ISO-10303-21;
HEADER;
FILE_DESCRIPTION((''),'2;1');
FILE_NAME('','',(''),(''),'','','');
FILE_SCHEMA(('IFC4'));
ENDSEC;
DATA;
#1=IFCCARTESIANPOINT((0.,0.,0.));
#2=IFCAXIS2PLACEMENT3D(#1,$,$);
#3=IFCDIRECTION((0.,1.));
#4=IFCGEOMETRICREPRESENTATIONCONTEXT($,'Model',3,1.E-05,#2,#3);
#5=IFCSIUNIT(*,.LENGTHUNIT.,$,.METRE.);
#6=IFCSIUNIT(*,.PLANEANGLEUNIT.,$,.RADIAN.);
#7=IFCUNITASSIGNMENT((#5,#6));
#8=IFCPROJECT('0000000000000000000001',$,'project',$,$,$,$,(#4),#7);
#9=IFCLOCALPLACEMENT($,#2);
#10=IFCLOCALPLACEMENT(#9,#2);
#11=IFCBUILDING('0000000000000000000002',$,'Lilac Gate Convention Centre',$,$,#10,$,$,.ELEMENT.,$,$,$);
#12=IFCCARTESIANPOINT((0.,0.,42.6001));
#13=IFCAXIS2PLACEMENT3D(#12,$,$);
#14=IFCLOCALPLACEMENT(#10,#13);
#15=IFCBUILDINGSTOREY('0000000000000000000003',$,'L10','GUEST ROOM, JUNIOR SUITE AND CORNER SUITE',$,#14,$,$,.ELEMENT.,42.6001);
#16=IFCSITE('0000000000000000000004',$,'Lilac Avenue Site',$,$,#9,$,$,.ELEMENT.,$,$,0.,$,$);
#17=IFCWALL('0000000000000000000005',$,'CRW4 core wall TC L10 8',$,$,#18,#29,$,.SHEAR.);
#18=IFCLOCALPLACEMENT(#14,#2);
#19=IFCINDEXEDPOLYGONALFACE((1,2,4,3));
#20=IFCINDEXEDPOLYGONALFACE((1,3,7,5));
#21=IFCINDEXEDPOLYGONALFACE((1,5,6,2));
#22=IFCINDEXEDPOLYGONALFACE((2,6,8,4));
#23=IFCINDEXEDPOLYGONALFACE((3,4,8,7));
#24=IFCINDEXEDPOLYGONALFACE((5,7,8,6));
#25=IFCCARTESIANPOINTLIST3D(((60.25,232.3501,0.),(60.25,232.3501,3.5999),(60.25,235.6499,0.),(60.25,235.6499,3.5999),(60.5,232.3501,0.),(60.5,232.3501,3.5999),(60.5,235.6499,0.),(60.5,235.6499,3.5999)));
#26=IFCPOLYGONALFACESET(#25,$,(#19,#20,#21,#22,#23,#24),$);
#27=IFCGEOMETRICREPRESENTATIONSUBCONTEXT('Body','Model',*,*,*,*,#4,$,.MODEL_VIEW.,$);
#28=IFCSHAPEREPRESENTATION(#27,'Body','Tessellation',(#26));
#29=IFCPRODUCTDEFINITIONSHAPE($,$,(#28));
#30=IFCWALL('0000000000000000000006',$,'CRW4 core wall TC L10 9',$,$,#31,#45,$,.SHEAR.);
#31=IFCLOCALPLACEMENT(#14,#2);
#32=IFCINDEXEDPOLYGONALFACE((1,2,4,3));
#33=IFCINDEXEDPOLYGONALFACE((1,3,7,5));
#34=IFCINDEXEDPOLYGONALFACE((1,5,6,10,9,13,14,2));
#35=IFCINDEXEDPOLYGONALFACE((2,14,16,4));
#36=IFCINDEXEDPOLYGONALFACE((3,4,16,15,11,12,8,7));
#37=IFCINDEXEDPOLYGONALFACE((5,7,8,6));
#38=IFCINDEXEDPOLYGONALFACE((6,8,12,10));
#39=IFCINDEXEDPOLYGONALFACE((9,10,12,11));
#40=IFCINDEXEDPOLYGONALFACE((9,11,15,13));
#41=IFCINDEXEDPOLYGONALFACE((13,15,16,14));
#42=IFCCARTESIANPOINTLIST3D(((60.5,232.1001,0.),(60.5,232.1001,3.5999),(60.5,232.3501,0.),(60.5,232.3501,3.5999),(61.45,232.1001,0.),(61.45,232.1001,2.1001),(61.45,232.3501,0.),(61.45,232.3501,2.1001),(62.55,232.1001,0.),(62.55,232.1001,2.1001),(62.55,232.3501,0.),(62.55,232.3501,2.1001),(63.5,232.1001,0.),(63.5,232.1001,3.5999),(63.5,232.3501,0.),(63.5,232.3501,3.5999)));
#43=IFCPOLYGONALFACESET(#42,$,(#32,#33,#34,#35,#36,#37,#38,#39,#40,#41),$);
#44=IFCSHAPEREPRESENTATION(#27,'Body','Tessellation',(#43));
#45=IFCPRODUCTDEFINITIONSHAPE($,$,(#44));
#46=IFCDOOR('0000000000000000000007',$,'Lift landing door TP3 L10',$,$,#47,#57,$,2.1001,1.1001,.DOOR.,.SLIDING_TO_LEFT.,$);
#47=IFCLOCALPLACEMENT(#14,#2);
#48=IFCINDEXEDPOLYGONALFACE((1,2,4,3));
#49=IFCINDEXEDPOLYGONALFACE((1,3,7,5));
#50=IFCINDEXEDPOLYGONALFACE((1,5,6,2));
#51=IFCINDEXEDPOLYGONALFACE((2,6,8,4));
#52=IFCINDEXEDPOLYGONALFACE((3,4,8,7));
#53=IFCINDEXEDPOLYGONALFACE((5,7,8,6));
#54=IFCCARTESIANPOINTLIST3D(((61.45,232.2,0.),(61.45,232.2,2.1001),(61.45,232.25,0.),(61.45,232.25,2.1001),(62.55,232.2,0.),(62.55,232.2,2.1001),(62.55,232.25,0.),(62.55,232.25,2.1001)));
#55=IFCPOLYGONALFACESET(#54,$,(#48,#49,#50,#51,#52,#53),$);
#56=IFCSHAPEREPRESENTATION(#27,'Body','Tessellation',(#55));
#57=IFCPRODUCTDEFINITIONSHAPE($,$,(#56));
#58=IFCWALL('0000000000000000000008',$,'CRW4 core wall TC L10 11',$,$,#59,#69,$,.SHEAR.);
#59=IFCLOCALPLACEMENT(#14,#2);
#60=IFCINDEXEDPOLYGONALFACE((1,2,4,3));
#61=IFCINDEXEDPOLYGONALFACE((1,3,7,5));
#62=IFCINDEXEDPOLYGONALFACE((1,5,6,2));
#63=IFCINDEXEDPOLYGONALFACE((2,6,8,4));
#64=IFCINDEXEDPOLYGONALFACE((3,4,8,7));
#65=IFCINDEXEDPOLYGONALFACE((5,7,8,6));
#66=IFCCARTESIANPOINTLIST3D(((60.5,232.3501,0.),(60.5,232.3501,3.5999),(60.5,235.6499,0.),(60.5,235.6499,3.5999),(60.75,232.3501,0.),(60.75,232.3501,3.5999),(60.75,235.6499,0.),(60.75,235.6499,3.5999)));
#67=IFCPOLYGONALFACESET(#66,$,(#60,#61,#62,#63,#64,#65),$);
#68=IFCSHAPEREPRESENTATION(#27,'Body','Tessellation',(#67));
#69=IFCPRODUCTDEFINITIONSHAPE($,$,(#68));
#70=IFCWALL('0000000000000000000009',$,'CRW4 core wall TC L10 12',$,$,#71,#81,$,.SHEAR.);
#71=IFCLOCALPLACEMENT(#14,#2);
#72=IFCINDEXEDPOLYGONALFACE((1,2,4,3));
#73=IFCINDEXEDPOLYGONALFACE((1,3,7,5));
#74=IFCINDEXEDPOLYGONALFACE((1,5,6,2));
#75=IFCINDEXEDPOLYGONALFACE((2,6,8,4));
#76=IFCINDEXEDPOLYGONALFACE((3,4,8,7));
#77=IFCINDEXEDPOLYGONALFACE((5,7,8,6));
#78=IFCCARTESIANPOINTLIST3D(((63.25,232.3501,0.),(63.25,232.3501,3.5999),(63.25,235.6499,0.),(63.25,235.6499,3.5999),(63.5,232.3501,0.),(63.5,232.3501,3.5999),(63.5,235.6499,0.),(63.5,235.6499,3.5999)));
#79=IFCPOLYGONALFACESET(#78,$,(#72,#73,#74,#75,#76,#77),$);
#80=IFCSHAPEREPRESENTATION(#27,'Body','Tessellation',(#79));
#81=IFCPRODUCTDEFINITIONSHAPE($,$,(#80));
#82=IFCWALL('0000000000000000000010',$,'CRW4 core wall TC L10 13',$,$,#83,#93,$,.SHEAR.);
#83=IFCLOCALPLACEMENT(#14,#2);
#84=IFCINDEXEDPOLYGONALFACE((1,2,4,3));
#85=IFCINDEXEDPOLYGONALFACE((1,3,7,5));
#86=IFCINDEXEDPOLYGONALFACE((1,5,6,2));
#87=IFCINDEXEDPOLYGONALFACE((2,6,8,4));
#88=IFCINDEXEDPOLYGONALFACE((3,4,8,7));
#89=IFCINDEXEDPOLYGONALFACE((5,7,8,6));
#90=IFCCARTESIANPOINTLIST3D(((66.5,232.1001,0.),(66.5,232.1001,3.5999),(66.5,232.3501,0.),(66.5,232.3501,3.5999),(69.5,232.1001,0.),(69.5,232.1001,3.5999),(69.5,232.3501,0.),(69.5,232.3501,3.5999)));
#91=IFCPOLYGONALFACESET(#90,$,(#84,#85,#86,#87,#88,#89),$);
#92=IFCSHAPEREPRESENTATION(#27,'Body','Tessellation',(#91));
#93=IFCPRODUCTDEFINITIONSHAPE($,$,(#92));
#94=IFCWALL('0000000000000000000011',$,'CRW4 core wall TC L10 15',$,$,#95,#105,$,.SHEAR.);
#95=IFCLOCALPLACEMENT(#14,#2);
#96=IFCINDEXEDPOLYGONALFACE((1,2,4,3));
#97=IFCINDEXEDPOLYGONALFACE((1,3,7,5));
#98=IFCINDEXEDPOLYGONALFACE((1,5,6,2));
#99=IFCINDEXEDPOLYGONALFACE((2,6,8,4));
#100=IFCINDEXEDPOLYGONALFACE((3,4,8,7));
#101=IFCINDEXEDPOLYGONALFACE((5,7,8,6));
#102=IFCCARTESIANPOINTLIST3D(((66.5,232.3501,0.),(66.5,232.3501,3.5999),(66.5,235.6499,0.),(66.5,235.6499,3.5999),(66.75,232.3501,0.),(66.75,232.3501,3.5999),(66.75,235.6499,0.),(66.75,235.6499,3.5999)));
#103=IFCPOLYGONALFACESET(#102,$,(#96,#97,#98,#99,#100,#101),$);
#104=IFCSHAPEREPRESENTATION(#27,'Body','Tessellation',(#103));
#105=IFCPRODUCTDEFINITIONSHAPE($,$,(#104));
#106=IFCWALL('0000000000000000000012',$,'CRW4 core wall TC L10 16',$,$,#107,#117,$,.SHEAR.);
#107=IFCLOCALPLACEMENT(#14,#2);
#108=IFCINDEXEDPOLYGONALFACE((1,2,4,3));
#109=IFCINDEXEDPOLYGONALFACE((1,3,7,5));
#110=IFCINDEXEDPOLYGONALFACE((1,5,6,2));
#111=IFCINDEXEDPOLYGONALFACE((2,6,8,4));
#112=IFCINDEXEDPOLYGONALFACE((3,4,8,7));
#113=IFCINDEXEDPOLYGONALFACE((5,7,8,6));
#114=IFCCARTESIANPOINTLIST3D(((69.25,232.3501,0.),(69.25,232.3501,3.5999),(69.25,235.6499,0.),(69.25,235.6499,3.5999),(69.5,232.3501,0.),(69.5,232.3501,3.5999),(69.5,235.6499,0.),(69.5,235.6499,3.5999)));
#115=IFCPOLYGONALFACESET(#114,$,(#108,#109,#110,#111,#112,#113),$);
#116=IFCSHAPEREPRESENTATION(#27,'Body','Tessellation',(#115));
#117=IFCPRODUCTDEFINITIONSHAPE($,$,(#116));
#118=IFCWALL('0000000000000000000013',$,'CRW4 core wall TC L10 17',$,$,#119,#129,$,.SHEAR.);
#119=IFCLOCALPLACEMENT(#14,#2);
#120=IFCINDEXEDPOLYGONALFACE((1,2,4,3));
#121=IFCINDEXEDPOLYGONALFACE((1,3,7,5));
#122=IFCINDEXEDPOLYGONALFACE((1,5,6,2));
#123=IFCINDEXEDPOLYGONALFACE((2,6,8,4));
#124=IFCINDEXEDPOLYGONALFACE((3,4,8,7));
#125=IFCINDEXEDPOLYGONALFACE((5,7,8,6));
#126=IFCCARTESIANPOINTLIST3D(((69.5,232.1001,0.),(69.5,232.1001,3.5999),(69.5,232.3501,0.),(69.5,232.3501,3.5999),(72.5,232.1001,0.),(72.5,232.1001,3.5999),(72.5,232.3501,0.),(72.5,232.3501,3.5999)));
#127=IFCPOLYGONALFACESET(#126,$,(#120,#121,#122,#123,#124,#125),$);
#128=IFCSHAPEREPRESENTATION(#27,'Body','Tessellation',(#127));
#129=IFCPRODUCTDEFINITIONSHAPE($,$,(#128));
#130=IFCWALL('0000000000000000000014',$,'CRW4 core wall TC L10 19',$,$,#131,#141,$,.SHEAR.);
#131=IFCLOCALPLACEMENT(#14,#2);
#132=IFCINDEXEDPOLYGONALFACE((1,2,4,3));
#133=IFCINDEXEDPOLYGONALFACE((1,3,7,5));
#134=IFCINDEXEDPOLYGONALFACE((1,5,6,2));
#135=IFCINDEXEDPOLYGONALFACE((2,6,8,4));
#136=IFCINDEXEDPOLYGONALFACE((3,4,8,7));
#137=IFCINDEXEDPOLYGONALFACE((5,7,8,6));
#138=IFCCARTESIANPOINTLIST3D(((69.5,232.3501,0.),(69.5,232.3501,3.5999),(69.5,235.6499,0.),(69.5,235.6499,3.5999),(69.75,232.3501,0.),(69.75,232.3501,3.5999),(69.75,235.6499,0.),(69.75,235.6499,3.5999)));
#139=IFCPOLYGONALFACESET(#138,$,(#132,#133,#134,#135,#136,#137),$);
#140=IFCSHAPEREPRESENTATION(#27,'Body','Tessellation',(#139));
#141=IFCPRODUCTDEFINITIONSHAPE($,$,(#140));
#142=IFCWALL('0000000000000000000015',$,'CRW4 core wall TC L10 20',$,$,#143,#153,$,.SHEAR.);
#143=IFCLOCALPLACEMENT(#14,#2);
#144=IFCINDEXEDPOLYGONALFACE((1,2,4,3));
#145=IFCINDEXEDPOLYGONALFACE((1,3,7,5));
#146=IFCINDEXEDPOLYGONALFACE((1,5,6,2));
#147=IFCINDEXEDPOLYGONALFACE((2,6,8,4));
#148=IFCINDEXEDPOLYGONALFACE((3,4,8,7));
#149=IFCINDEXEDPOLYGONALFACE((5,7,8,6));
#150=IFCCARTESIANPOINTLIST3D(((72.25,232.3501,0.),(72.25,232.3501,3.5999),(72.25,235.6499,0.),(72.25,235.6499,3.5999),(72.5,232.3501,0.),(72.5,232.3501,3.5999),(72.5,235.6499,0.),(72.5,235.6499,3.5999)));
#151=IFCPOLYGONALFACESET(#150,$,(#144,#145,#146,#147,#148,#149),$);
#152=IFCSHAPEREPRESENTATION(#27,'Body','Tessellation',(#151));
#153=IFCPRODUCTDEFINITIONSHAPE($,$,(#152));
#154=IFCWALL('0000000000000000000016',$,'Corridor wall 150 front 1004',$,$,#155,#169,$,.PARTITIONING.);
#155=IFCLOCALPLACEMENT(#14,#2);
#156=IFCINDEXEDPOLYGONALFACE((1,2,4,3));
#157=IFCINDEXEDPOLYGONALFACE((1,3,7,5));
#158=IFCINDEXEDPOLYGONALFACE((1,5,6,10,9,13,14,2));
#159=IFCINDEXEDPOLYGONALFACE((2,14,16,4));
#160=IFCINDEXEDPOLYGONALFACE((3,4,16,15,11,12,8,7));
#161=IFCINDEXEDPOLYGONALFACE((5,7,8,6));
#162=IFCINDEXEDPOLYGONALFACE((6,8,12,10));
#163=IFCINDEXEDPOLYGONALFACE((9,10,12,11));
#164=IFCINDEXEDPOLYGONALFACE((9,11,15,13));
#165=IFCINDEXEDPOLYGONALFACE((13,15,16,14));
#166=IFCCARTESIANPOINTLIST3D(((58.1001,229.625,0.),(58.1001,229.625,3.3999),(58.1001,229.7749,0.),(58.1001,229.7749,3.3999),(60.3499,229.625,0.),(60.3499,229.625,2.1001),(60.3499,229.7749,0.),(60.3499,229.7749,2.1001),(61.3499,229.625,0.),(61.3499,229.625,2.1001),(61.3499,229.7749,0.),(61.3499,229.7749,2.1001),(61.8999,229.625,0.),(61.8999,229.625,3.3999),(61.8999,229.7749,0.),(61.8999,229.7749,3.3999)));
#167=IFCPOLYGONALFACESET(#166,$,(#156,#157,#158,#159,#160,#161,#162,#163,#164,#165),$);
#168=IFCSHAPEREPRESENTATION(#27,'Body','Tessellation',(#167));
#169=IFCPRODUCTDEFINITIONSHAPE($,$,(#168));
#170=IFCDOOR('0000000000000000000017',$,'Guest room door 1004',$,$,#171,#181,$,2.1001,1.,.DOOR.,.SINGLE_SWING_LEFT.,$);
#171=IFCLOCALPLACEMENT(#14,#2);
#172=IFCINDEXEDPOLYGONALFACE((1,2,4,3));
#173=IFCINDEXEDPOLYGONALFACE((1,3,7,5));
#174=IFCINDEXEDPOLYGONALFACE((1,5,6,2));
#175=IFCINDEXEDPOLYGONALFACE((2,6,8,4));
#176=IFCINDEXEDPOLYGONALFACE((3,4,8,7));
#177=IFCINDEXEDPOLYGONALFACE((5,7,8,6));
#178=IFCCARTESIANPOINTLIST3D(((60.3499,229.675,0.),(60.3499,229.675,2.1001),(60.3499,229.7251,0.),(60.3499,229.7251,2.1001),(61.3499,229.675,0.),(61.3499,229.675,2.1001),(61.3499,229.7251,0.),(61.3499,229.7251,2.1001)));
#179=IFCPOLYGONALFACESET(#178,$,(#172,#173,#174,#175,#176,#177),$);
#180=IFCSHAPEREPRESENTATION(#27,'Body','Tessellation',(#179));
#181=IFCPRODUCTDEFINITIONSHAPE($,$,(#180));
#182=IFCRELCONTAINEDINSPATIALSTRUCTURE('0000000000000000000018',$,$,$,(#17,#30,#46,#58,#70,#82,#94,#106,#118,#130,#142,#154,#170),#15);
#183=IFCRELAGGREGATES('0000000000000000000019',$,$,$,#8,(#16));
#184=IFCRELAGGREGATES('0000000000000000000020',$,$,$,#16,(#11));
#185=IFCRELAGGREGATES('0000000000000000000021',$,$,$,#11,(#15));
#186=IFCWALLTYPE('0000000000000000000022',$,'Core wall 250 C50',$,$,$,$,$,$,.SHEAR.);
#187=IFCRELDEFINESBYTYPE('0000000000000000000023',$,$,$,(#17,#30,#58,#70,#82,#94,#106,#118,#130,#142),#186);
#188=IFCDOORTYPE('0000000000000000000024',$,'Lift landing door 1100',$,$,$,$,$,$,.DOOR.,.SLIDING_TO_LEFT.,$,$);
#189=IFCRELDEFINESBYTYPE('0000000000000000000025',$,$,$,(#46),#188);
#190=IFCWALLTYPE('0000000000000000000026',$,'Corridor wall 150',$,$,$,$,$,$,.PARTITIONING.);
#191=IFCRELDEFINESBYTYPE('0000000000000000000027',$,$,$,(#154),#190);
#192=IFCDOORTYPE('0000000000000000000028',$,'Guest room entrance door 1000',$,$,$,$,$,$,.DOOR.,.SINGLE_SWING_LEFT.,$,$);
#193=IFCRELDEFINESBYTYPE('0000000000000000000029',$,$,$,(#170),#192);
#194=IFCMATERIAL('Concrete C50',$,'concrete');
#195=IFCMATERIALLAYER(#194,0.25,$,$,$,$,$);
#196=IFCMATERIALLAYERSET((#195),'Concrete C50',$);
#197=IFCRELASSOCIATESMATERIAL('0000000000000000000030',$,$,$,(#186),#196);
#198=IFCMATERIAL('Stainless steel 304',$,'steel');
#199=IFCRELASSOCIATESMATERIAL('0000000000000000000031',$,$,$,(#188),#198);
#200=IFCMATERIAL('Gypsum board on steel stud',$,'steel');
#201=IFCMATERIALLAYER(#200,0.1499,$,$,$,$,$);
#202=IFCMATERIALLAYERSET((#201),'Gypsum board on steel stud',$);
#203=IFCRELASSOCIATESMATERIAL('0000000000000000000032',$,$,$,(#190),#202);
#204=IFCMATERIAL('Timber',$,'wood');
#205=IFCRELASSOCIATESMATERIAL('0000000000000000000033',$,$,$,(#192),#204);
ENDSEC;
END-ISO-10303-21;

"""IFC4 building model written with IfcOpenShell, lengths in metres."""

from ifc_helpers import new_model, si_unit, direction, frame, frame_2d, origin, place, context, subcontext, project, spatial, rectangle, extrude, material, layer, layer_set, type_object, element, fill, save


model = new_model("IFC4")

# Units and contexts
model_context = context("Model", 3, precision=1e-05, world=origin(), true_north=direction((0.0, 1.0)))
body_context = subcontext(model_context, "Body", "Model", "MODEL_VIEW")
ifc_project = project(units=[si_unit("LENGTHUNIT", "METRE"), si_unit("PLANEANGLEUNIT", "RADIAN")], contexts=[model_context])

# Site, building, storey
site_placement = place(None, origin())
site = spatial("IfcSite", under=ifc_project, at=site_placement, Name="Lilac Avenue Site", CompositionType="ELEMENT", RefElevation=0.0)
building_placement = place(site_placement, origin())
building = spatial("IfcBuilding", under=site, at=building_placement, Name="Lilac Gate Convention Centre", CompositionType="ELEMENT")
storey_placement = place(building_placement, frame((0.0, 0.0, 42.6001)))
storey = spatial("IfcBuildingStorey", under=building, at=storey_placement, Name="L10", Description="GUEST ROOM, JUNIOR SUITE AND CORNER SUITE", CompositionType="ELEMENT", Elevation=42.6001)

# Wall
ifc_material_1 = material(Name="Concrete C50", Category="concrete")
ifc_layer_1 = layer(ifc_material_1, 0.25)
ifc_layer_set_1 = layer_set([ifc_layer_1], Name="Concrete C50")
wall_type_1 = type_object("IfcWallType", Name="Core wall 250 C50", PredefinedType="SHEAR", material=ifc_layer_set_1)
wall_1_placement = place(storey_placement, frame((60.375, 232.3501, 0.0), z_axis=(0.0, 0.0, 1.0), x_axis=(0.0, 1.0, 0.0)))
element("IfcWall", 1, at=wall_1_placement, inside=storey, type_object=wall_type_1, Name="CRW4 core wall TC L10 8", PredefinedType="SHEAR", context=body_context, shape_type="SweptSolid", body=[
    extrude(rectangle(XDim=3.2998, YDim=0.25, at=frame_2d((1.6499, 0.0))), origin(), (0.0, 0.0, 1.0), 3.5999),
])

# Wall, opening, door
wall_2_placement = place(storey_placement, frame((60.5, 232.2251, 0.0), z_axis=(0.0, 0.0, 1.0), x_axis=(1.0, 0.0, 0.0)))
wall_2 = element("IfcWall", 2, at=wall_2_placement, inside=storey, type_object=wall_type_1, Name="CRW4 core wall TC L10 9", PredefinedType="SHEAR", context=body_context, shape_type="SweptSolid", body=[
    extrude(rectangle(XDim=3.0, YDim=0.25, at=frame_2d((1.5, 0.0))), origin(), (0.0, 0.0, 1.0), 3.5999),
])
opening_1_placement = place(wall_2_placement, frame((0.95, 0.0, 0.0)))
opening_1 = element("IfcOpeningElement", 3, at=opening_1_placement, cuts=wall_2, PredefinedType="OPENING", context=body_context, shape_type="SweptSolid", body=[
    extrude(rectangle(XDim=1.1001, YDim=2.1001, at=frame_2d((0.55, 1.05))), frame((0.0, 0.135, 0.0), z_axis=(0.0, -1.0, 0.0), x_axis=(1.0, 0.0, 0.0)), (0.0, 0.0, 1.0), 0.27),
])
ifc_material_2 = material(Name="Stainless steel 304", Category="steel")
door_type_1 = type_object("IfcDoorType", Name="Lift landing door 1100", OperationType="SLIDING_TO_LEFT", PredefinedType="DOOR", material=ifc_material_2)
door_1_placement = place(opening_1_placement, origin())
door_1 = element("IfcDoor", 4, at=door_1_placement, inside=storey, type_object=door_type_1, Name="Lift landing door TP3 L10", OperationType="SLIDING_TO_LEFT", OverallHeight=2.1001, OverallWidth=1.1001, PredefinedType="DOOR", context=body_context, shape_type="SweptSolid", body=[
    extrude(rectangle(XDim=1.1001, YDim=2.1001, at=frame_2d((0.55, 1.05))), frame((0.0, 0.0249, 0.0), z_axis=(0.0, -1.0, 0.0), x_axis=(1.0, 0.0, 0.0)), (0.0, 0.0, 1.0), 0.05),
])
fill(opening_1, door_1)

# Walls
for number, where, z_axis, x_axis, name in (
    (5, (60.625, 232.3501, 0.0), (0.0, 0.0, 1.0), (0.0, 1.0, 0.0), "CRW4 core wall TC L10 11"),
    (6, (63.375, 232.3501, 0.0), (0.0, 0.0, 1.0), (0.0, 1.0, 0.0), "CRW4 core wall TC L10 12"),
):
    element("IfcWall", number, at=place(storey_placement, frame(where, z_axis=z_axis, x_axis=x_axis)), inside=storey, type_object=wall_type_1, Name=name, PredefinedType="SHEAR", context=body_context, shape_type="SweptSolid", body=[
        extrude(rectangle(XDim=3.2998, YDim=0.25, at=frame_2d((1.6499, 0.0))), origin(), (0.0, 0.0, 1.0), 3.5999),
    ])
wall_3_placement = place(storey_placement, frame((66.5, 232.2251, 0.0), z_axis=(0.0, 0.0, 1.0), x_axis=(1.0, 0.0, 0.0)))
element("IfcWall", 7, at=wall_3_placement, inside=storey, type_object=wall_type_1, Name="CRW4 core wall TC L10 13", PredefinedType="SHEAR", context=body_context, shape_type="SweptSolid", body=[
    extrude(rectangle(XDim=3.0, YDim=0.25, at=frame_2d((1.5, 0.0))), origin(), (0.0, 0.0, 1.0), 3.5999),
])
for number, where, z_axis, x_axis, name in (
    (8, (66.625, 232.3501, 0.0), (0.0, 0.0, 1.0), (0.0, 1.0, 0.0), "CRW4 core wall TC L10 15"),
    (9, (69.375, 232.3501, 0.0), (0.0, 0.0, 1.0), (0.0, 1.0, 0.0), "CRW4 core wall TC L10 16"),
):
    element("IfcWall", number, at=place(storey_placement, frame(where, z_axis=z_axis, x_axis=x_axis)), inside=storey, type_object=wall_type_1, Name=name, PredefinedType="SHEAR", context=body_context, shape_type="SweptSolid", body=[
        extrude(rectangle(XDim=3.2998, YDim=0.25, at=frame_2d((1.6499, 0.0))), origin(), (0.0, 0.0, 1.0), 3.5999),
    ])
wall_4_placement = place(storey_placement, frame((69.5, 232.2251, 0.0), z_axis=(0.0, 0.0, 1.0), x_axis=(1.0, 0.0, 0.0)))
element("IfcWall", 10, at=wall_4_placement, inside=storey, type_object=wall_type_1, Name="CRW4 core wall TC L10 17", PredefinedType="SHEAR", context=body_context, shape_type="SweptSolid", body=[
    extrude(rectangle(XDim=3.0, YDim=0.25, at=frame_2d((1.5, 0.0))), origin(), (0.0, 0.0, 1.0), 3.5999),
])
for number, where, z_axis, x_axis, name in (
    (11, (69.625, 232.3501, 0.0), (0.0, 0.0, 1.0), (0.0, 1.0, 0.0), "CRW4 core wall TC L10 19"),
    (12, (72.375, 232.3501, 0.0), (0.0, 0.0, 1.0), (0.0, 1.0, 0.0), "CRW4 core wall TC L10 20"),
):
    element("IfcWall", number, at=place(storey_placement, frame(where, z_axis=z_axis, x_axis=x_axis)), inside=storey, type_object=wall_type_1, Name=name, PredefinedType="SHEAR", context=body_context, shape_type="SweptSolid", body=[
        extrude(rectangle(XDim=3.2998, YDim=0.25, at=frame_2d((1.6499, 0.0))), origin(), (0.0, 0.0, 1.0), 3.5999),
    ])

# Wall, opening, door
ifc_material_3 = material(Name="Gypsum board on steel stud", Category="steel")
ifc_layer_2 = layer(ifc_material_3, 0.1499)
ifc_layer_set_2 = layer_set([ifc_layer_2], Name="Gypsum board on steel stud")
wall_type_2 = type_object("IfcWallType", Name="Corridor wall 150", PredefinedType="PARTITIONING", material=ifc_layer_set_2)
wall_5_placement = place(storey_placement, frame((61.8999, 229.7, 0.0), z_axis=(0.0, 0.0, 1.0), x_axis=(-1.0, 0.0, 0.0)))
wall_5 = element("IfcWall", 13, at=wall_5_placement, inside=storey, type_object=wall_type_2, Name="Corridor wall 150 front 1004", PredefinedType="PARTITIONING", context=body_context, shape_type="SweptSolid", body=[
    extrude(rectangle(XDim=3.7998, YDim=0.1499, at=frame_2d((1.8999, 0.0))), origin(), (0.0, 0.0, 1.0), 3.3999),
])
opening_2_placement = place(wall_5_placement, frame((0.55, 0.0, 0.0)))
opening_2 = element("IfcOpeningElement", 14, at=opening_2_placement, cuts=wall_5, PredefinedType="OPENING", context=body_context, shape_type="SweptSolid", body=[
    extrude(rectangle(XDim=1.0, YDim=2.1001, at=frame_2d((0.5, 1.05))), frame((0.0, 0.085, 0.0), z_axis=(0.0, -1.0, 0.0), x_axis=(1.0, 0.0, 0.0)), (0.0, 0.0, 1.0), 0.1699),
])
ifc_material_4 = material(Name="Timber", Category="wood")
door_type_2 = type_object("IfcDoorType", Name="Guest room entrance door 1000", OperationType="SINGLE_SWING_LEFT", PredefinedType="DOOR", material=ifc_material_4)
door_2_placement = place(opening_2_placement, origin())
door_2 = element("IfcDoor", 15, at=door_2_placement, inside=storey, type_object=door_type_2, Name="Guest room door 1004", OperationType="SINGLE_SWING_LEFT", OverallHeight=2.1001, OverallWidth=1.0, PredefinedType="DOOR", context=body_context, shape_type="SweptSolid", body=[
    extrude(rectangle(XDim=1.0, YDim=2.1001, at=frame_2d((0.5, 1.05))), frame((0.0, 0.0249, 0.0), z_axis=(0.0, -1.0, 0.0), x_axis=(1.0, 0.0, 0.0)), (0.0, 0.0, 1.0), 0.05),
])
fill(opening_2, door_2)

save(model, "model.ifc")
